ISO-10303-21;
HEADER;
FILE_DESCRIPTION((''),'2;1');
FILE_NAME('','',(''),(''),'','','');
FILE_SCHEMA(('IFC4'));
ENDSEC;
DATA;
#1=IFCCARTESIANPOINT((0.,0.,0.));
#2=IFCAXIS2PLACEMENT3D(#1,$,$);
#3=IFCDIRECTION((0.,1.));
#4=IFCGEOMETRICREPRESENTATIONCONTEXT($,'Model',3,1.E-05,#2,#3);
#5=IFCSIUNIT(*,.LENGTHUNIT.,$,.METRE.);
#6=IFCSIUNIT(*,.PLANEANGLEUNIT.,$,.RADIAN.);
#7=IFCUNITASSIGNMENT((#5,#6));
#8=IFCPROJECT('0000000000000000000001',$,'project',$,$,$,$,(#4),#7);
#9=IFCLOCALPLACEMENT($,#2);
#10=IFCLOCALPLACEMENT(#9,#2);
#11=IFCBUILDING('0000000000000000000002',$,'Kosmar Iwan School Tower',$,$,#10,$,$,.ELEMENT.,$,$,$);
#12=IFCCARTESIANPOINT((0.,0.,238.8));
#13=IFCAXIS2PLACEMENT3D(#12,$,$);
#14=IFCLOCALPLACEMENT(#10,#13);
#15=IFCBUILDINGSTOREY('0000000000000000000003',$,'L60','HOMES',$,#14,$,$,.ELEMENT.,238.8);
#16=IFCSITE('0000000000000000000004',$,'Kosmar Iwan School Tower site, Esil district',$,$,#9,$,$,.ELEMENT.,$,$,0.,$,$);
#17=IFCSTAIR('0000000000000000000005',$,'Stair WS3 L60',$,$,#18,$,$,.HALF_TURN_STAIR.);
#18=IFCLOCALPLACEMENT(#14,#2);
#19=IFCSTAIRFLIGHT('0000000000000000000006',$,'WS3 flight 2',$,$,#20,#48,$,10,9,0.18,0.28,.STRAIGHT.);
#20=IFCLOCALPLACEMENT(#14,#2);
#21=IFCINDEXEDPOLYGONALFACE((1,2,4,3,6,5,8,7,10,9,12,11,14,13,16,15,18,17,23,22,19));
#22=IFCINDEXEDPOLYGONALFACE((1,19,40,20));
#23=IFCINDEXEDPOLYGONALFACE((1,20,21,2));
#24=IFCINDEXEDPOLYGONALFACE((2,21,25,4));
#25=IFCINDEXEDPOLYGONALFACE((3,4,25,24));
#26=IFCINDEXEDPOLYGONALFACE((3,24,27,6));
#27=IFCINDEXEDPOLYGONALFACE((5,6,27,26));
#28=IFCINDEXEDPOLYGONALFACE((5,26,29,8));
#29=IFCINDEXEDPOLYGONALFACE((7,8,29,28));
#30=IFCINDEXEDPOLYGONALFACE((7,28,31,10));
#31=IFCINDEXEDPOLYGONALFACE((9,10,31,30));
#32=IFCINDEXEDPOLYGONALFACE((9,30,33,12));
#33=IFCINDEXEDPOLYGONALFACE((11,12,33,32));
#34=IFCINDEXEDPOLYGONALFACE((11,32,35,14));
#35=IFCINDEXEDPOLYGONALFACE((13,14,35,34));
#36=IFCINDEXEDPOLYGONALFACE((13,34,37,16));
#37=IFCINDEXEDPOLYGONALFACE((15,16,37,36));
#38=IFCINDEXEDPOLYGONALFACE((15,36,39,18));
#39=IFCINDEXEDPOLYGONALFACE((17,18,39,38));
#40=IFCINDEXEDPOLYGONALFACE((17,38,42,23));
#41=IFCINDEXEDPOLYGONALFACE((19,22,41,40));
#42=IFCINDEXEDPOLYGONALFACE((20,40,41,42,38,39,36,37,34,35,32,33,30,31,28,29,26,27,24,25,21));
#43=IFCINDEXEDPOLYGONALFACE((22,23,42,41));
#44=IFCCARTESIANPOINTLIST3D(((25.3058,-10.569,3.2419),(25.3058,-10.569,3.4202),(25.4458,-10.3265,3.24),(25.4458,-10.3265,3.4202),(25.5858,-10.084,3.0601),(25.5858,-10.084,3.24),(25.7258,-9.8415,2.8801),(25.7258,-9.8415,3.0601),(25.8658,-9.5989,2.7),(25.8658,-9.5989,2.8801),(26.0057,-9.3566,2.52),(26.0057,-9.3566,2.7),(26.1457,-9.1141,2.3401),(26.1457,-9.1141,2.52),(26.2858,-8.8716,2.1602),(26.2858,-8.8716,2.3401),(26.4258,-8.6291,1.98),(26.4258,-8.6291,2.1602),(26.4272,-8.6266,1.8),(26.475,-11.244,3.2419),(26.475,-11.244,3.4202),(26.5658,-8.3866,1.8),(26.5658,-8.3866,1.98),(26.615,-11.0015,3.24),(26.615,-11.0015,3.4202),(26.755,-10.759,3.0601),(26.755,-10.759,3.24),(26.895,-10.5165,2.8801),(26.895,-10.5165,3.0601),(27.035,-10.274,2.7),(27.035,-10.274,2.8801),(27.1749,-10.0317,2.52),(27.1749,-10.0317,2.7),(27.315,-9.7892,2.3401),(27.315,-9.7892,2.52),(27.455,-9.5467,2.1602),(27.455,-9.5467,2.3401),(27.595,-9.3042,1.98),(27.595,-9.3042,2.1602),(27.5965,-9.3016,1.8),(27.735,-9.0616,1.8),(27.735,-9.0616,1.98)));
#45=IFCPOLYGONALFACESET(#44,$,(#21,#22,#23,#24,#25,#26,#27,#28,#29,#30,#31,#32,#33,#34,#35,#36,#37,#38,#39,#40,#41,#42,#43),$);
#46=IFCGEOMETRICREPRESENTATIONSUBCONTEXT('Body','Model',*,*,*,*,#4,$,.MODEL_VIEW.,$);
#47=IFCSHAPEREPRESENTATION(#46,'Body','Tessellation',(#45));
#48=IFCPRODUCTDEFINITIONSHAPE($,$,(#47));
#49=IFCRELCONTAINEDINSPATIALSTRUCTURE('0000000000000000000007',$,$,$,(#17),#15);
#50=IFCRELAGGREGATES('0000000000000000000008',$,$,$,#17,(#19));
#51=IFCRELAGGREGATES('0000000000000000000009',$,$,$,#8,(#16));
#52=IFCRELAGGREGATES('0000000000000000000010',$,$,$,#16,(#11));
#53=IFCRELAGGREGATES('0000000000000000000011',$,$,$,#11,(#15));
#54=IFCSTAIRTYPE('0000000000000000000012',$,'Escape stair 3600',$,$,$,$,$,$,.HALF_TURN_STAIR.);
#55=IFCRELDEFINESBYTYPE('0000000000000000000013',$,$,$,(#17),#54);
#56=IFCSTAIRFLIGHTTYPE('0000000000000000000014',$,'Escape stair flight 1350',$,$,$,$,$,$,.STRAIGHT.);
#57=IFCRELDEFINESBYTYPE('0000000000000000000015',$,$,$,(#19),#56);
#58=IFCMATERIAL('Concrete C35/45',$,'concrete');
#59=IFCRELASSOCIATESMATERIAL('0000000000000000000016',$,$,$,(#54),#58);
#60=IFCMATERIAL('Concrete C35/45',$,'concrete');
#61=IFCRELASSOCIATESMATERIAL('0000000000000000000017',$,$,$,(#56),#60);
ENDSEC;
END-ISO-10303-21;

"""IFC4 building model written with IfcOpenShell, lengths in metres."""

from ifc_helpers import new_model, si_unit, direction, frame, origin, place, context, subcontext, project, spatial, polyline, outline, extrude, material, type_object, element, aggregate, save


model = new_model("IFC4")

# Units and contexts
model_context = context("Model", 3, precision=1e-05, world=origin(), true_north=direction((0.0, 1.0)))
body_context = subcontext(model_context, "Body", "Model", "MODEL_VIEW")
ifc_project = project(units=[si_unit("LENGTHUNIT", "METRE"), si_unit("PLANEANGLEUNIT", "RADIAN")], contexts=[model_context])

# Site, building, storey
site_placement = place(None, origin())
site = spatial("IfcSite", under=ifc_project, at=site_placement, Name="Kosmar Iwan School Tower site, Esil district", CompositionType="ELEMENT", RefElevation=0.0)
building_placement = place(site_placement, origin())
building = spatial("IfcBuilding", under=site, at=building_placement, Name="Kosmar Iwan School Tower", CompositionType="ELEMENT")
storey_placement = place(building_placement, frame((0.0, 0.0, 238.8)))
storey = spatial("IfcBuildingStorey", under=building, at=storey_placement, Name="L60", Description="HOMES", CompositionType="ELEMENT", Elevation=238.8)

# Stair, stair flight
ifc_material_1 = material(Name="Concrete C35/45", Category="concrete")
stair_type = type_object("IfcStairType", Name="Escape stair 3600", PredefinedType="HALF_TURN_STAIR", material=ifc_material_1)
stair_placement = place(storey_placement, origin())
stair = element("IfcStair", 1, at=stair_placement, inside=storey, type_object=stair_type, Name="Stair WS3 L60", PredefinedType="HALF_TURN_STAIR")
ifc_material_2 = material(Name="Concrete C35/45", Category="concrete")
stair_flight_type = type_object("IfcStairFlightType", Name="Escape stair flight 1350", PredefinedType="STRAIGHT", material=ifc_material_2)
stair_flight_1_placement = place(storey_placement, frame((27.1504, -8.7241, 1.8), z_axis=(0.0, 0.0, 1.0), x_axis=(-0.5, -0.866025, 0.0)))
stair_flight_1 = element("IfcStairFlight", 2, at=stair_flight_1_placement, type_object=stair_flight_type, Name="WS3 flight 2", NumberOfRisers=10, NumberOfTreads=9, PredefinedType="STRAIGHT", RiserHeight=0.18, TreadLength=0.28, context=body_context, shape_type="SweptSolid", body=[
    extrude(outline(polyline([(0.0, 0.0), (0.0, 0.1799), (0.28, 0.1799), (0.28, 0.3601), (0.5601, 0.3601), (0.5601, 0.54), (0.8401, 0.54), (0.8401, 0.72), (1.1201, 0.72), (1.1201, 0.8999), (1.3999, 0.8999), (1.3999, 1.0801), (1.6799, 1.0801), (1.6799, 1.26), (1.96, 1.26), (1.96, 1.4399), (2.24, 1.4399), (2.24, 1.6201), (2.52, 1.6201), (2.52, 1.8), (2.52, 1.4419), (0.2771, 0.0), (0.0, 0.0)])), frame((0.0, 0.675, 0.0), z_axis=(0.0, -1.0, 0.0), x_axis=(1.0, 0.0, 0.0)), (0.0, 0.0, 1.0), 1.3501),
])
aggregate(stair, [stair_flight_1])

save(model, "model.ifc")
